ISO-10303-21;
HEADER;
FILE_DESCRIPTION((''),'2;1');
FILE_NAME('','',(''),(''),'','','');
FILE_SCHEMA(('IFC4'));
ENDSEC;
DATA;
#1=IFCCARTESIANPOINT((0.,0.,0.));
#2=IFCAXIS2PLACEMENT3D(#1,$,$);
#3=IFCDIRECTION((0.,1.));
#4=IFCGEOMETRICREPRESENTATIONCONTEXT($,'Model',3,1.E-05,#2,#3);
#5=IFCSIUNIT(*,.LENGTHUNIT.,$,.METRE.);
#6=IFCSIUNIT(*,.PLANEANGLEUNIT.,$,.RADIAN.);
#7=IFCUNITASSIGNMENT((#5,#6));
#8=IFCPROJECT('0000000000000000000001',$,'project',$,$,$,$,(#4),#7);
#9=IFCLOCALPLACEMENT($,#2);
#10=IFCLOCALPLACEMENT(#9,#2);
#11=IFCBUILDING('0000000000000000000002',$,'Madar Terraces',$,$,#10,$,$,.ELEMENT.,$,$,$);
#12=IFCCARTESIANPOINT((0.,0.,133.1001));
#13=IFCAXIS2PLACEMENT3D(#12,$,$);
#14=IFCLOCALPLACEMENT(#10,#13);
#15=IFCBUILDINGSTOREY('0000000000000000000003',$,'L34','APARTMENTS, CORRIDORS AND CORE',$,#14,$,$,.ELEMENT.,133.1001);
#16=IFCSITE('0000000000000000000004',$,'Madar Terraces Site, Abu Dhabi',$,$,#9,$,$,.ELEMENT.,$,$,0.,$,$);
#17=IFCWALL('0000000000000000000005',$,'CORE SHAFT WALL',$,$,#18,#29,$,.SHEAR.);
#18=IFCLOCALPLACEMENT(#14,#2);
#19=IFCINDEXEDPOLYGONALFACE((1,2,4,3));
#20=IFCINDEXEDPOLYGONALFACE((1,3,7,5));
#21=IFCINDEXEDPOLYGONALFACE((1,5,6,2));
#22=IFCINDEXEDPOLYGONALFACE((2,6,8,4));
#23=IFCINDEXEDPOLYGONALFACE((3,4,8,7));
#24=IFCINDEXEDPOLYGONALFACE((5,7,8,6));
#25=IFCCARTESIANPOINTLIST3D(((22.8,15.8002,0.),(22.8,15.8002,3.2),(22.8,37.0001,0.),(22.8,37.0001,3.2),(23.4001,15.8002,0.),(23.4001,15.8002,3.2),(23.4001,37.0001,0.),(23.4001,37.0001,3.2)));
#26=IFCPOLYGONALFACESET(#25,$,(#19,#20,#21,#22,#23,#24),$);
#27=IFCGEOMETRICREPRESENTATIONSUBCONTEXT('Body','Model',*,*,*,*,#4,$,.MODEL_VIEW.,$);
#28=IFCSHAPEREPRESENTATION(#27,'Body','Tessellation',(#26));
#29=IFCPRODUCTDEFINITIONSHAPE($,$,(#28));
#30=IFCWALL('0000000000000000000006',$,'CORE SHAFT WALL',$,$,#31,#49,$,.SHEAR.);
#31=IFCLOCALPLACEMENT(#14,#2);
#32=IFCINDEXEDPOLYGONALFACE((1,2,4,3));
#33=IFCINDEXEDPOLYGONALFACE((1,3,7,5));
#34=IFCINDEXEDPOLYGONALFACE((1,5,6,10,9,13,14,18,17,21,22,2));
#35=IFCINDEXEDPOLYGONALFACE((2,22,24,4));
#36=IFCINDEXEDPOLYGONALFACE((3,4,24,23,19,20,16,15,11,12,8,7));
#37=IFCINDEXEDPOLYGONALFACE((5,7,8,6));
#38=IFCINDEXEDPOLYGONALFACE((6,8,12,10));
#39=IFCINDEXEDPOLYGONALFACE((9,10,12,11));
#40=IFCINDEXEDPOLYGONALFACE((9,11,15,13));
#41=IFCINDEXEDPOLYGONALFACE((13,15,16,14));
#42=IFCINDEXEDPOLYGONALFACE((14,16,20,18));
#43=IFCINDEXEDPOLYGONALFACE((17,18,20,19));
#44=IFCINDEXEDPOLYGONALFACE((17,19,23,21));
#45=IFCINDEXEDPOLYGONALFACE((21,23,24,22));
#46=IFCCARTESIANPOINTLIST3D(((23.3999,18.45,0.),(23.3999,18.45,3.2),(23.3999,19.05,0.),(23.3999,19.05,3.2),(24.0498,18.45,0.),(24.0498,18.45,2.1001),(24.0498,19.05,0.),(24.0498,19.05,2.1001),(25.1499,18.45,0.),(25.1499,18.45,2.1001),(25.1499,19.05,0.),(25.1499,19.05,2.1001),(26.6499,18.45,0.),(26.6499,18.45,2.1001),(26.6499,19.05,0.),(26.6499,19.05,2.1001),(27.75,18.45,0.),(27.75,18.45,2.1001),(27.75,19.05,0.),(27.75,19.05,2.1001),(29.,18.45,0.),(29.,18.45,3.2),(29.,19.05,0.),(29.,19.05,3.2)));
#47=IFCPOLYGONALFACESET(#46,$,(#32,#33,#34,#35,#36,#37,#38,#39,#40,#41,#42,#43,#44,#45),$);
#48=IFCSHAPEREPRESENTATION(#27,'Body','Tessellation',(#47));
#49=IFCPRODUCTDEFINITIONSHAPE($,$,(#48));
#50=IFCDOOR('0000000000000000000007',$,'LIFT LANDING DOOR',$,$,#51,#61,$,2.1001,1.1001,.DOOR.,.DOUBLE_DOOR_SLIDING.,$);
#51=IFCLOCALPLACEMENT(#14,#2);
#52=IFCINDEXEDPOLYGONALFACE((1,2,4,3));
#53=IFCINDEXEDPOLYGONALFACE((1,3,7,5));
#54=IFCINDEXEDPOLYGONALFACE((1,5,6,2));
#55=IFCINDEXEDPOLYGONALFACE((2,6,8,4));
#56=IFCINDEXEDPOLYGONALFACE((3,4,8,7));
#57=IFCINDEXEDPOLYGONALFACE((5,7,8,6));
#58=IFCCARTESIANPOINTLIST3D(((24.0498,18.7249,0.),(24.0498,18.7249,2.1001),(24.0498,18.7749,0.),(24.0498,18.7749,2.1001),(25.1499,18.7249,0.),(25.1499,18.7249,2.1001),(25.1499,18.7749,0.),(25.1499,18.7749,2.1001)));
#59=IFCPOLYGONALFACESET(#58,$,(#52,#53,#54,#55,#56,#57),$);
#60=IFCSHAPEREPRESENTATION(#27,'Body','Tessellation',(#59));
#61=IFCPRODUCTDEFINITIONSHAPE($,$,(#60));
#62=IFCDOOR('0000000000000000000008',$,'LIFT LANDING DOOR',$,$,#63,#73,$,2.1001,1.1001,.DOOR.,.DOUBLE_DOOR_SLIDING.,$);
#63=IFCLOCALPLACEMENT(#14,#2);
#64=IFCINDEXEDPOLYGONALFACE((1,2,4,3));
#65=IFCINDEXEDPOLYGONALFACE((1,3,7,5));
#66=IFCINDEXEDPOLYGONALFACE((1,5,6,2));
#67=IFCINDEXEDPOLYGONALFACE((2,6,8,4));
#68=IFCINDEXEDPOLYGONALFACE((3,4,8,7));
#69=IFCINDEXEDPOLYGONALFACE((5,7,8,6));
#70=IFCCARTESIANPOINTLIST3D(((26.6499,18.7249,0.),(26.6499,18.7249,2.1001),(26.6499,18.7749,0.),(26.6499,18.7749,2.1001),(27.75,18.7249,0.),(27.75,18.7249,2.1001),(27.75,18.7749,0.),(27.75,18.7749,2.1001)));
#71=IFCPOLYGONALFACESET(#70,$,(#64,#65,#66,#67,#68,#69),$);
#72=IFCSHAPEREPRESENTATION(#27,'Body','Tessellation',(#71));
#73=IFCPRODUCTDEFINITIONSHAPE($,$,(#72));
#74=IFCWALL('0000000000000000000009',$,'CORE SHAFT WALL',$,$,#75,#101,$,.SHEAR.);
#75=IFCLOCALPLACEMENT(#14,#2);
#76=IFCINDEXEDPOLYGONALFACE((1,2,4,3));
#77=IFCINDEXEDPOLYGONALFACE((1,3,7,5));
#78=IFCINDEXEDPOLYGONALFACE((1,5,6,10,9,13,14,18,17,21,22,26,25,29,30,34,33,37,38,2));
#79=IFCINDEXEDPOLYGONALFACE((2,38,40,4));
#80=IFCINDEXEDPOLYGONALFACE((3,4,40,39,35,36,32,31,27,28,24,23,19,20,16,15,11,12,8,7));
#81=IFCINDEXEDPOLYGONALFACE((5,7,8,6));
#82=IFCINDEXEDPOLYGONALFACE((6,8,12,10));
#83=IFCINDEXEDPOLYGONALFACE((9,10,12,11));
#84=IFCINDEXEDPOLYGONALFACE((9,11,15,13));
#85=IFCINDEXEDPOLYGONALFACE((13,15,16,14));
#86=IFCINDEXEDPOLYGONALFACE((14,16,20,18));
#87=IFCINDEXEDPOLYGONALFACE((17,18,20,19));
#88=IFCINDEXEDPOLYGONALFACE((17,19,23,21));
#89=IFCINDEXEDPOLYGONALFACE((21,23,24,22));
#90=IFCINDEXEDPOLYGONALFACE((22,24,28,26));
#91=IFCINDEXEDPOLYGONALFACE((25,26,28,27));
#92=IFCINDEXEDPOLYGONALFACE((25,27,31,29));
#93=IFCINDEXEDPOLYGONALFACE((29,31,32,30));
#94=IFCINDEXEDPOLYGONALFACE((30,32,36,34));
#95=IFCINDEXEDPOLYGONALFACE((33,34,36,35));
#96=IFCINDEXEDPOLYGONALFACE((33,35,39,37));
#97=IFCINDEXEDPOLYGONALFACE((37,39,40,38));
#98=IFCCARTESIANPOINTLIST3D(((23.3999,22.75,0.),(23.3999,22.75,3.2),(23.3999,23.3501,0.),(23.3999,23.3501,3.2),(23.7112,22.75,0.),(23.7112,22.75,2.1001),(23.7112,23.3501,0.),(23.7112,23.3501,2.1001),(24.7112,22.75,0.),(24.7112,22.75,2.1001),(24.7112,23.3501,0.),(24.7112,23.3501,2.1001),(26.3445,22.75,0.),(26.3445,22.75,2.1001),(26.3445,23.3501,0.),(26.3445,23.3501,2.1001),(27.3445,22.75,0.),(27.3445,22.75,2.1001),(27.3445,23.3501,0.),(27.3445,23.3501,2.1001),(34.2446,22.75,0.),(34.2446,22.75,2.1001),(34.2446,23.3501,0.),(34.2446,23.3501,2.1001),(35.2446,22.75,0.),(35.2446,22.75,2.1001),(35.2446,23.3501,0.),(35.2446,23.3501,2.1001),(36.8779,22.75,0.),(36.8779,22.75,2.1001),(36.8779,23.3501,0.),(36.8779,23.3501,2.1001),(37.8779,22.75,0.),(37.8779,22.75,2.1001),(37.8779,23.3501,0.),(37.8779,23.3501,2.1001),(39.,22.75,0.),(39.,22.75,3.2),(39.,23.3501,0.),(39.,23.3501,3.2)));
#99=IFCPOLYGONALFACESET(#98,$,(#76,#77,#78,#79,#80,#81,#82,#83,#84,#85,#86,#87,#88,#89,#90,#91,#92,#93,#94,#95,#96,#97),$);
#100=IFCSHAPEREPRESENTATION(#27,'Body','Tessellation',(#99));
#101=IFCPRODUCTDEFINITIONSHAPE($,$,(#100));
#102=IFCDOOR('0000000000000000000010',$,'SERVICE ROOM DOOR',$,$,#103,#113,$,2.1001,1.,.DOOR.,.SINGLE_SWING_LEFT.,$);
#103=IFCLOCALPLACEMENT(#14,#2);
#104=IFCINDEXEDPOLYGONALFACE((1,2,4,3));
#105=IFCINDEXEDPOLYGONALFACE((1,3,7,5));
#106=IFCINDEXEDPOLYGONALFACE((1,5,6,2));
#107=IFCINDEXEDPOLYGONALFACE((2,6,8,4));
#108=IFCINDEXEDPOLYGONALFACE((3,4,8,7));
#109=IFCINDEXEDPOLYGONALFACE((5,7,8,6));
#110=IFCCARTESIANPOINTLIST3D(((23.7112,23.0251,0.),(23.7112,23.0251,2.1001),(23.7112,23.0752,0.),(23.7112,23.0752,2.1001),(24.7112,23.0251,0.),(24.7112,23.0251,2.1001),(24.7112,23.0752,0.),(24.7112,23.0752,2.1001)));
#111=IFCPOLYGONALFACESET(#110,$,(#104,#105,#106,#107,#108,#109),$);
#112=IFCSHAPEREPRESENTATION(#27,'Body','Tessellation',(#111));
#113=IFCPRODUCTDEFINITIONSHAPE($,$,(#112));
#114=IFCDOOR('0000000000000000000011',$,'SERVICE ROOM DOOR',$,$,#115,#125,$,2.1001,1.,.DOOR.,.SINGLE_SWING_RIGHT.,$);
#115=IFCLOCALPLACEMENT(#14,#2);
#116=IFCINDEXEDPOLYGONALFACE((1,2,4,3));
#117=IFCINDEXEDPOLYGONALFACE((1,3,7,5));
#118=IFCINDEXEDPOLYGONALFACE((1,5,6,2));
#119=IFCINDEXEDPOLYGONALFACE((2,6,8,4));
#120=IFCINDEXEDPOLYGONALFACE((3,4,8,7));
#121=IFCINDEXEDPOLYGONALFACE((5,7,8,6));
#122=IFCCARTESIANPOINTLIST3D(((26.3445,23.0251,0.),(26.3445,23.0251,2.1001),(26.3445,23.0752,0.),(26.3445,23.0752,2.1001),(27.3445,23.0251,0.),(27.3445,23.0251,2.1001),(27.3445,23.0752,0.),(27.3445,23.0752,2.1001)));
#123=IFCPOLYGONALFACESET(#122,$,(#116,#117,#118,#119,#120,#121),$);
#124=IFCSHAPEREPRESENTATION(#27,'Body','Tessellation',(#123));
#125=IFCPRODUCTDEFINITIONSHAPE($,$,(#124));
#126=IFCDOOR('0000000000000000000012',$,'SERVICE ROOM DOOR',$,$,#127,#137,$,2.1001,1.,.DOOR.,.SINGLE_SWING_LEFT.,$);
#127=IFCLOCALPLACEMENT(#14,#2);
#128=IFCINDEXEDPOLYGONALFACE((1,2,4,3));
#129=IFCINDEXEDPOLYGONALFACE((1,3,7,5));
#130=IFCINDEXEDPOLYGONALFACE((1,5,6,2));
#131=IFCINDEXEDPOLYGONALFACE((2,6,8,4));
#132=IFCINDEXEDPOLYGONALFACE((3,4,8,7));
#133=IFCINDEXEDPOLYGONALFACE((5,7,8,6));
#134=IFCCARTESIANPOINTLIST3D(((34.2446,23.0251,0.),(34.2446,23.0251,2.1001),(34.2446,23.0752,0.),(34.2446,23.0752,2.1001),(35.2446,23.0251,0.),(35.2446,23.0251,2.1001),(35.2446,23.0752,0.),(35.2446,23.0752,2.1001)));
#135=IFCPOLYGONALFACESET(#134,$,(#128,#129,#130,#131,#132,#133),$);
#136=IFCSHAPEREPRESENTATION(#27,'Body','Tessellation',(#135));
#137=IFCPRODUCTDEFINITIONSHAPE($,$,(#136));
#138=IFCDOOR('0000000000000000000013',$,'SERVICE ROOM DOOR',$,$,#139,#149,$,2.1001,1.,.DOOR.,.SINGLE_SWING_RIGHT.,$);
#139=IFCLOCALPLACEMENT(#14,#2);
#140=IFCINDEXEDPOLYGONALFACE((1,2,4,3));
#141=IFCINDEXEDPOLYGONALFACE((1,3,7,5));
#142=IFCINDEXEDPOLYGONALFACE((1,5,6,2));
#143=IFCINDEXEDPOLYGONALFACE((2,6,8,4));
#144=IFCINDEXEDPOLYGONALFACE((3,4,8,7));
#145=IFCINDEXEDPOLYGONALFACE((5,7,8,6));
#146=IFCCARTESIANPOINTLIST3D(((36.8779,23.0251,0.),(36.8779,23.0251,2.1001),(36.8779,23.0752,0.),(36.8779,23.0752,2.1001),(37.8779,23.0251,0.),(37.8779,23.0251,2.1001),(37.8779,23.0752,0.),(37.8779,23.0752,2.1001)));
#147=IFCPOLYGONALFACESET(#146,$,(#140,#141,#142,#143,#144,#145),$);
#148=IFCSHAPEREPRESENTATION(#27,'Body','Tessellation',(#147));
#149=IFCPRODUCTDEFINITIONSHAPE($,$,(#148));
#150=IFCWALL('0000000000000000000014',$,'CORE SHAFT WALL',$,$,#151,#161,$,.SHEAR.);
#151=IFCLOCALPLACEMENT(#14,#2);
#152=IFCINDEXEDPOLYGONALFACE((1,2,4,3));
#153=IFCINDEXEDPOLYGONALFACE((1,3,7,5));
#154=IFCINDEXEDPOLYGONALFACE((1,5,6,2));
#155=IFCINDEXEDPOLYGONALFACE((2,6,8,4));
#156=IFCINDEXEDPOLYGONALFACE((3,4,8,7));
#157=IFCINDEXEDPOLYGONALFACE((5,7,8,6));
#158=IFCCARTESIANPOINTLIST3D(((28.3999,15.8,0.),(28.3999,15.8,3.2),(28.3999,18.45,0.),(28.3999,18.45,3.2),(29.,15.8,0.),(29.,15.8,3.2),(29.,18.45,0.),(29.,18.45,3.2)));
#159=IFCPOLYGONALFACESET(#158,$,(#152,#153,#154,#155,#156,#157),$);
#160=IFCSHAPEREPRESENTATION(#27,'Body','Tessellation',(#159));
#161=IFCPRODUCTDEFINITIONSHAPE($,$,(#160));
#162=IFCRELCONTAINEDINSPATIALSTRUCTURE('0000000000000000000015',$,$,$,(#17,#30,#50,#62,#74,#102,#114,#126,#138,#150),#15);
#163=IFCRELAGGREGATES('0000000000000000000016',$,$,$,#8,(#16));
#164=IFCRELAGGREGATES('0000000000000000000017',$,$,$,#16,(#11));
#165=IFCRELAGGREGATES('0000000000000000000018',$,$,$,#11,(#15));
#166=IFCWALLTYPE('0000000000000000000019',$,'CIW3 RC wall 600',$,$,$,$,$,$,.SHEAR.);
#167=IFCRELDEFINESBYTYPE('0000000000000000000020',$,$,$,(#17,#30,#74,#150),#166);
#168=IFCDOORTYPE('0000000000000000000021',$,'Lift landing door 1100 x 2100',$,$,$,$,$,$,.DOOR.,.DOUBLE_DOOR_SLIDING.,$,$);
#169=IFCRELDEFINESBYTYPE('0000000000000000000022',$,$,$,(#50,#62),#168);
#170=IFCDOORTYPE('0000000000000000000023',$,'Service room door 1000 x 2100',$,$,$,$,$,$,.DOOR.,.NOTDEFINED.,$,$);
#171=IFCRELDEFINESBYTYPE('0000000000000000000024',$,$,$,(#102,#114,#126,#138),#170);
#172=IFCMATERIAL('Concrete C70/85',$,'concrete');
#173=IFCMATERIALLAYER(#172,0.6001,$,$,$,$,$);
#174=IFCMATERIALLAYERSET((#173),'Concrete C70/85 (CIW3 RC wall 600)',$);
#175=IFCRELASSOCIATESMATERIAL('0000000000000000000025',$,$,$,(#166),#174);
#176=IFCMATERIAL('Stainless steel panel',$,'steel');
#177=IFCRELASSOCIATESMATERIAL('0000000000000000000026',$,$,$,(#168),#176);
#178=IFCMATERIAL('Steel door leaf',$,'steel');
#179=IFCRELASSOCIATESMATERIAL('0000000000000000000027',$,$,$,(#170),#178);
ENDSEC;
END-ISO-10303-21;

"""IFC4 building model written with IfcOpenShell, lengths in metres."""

from ifc_helpers import new_model, si_unit, direction, frame, frame_2d, origin, place, context, subcontext, project, spatial, rectangle, extrude, material, layer, layer_set, type_object, element, fill, save


model = new_model("IFC4")

# Units and contexts
model_context = context("Model", 3, precision=1e-05, world=origin(), true_north=direction((0.0, 1.0)))
body_context = subcontext(model_context, "Body", "Model", "MODEL_VIEW")
ifc_project = project(units=[si_unit("LENGTHUNIT", "METRE"), si_unit("PLANEANGLEUNIT", "RADIAN")], contexts=[model_context])

# Site, building, storey
site_placement = place(None, origin())
site = spatial("IfcSite", under=ifc_project, at=site_placement, Name="Madar Terraces Site, Abu Dhabi", CompositionType="ELEMENT", RefElevation=0.0)
building_placement = place(site_placement, origin())
building = spatial("IfcBuilding", under=site, at=building_placement, Name="Madar Terraces", CompositionType="ELEMENT")
storey_placement = place(building_placement, frame((0.0, 0.0, 133.1001)))
storey = spatial("IfcBuildingStorey", under=building, at=storey_placement, Name="L34", Description="APARTMENTS, CORRIDORS AND CORE", CompositionType="ELEMENT", Elevation=133.1001)

# Wall
ifc_material_1 = material(Name="Concrete C70/85", Category="concrete")
ifc_layer_1 = layer(ifc_material_1, 0.6001)
ifc_layer_set_1 = layer_set([ifc_layer_1], Name="Concrete C70/85 (CIW3 RC wall 600)")
wall_type_1 = type_object("IfcWallType", Name="CIW3 RC wall 600", PredefinedType="SHEAR", material=ifc_layer_set_1)
wall_1_placement = place(storey_placement, frame((23.1001, 15.8, 0.0), z_axis=(0.0, 0.0, 1.0), x_axis=(0.0, 1.0, 0.0)))
element("IfcWall", 1, at=wall_1_placement, inside=storey, type_object=wall_type_1, Name="CORE SHAFT WALL", PredefinedType="SHEAR", context=body_context, shape_type="SweptSolid", body=[
    extrude(rectangle(XDim=21.2, YDim=0.6001, at=frame_2d((10.6001, 0.0))), origin(), (0.0, 0.0, 1.0), 3.2),
])

# Walls, openings, doors
wall_2_placement = place(storey_placement, frame((23.3999, 18.75, 0.0), z_axis=(0.0, 0.0, 1.0), x_axis=(1.0, 0.0, 0.0)))
wall_2 = element("IfcWall", 2, at=wall_2_placement, inside=storey, type_object=wall_type_1, Name="CORE SHAFT WALL", PredefinedType="SHEAR", context=body_context, shape_type="SweptSolid", body=[
    extrude(rectangle(XDim=5.6001, YDim=0.6001, at=frame_2d((2.8, 0.0))), origin(), (0.0, 0.0, 1.0), 3.2),
])
opening_1_placement = place(wall_2_placement, frame((0.6499, 0.0, 0.0)))
opening_1 = element("IfcOpeningElement", 3, at=opening_1_placement, cuts=wall_2, PredefinedType="OPENING", context=body_context, shape_type="SweptSolid", body=[
    extrude(rectangle(XDim=1.1001, YDim=2.1001, at=frame_2d((0.55, 1.05))), frame((0.0, 0.3101, 0.0), z_axis=(0.0, -1.0, 0.0), x_axis=(1.0, 0.0, 0.0)), (0.0, 0.0, 1.0), 0.6201),
])
opening_2_placement = place(wall_2_placement, frame((3.25, 0.0, 0.0)))
opening_2 = element("IfcOpeningElement", 4, at=opening_2_placement, cuts=wall_2, PredefinedType="OPENING", context=body_context, shape_type="SweptSolid", body=[
    extrude(rectangle(XDim=1.1001, YDim=2.1001, at=frame_2d((0.55, 1.05))), frame((0.0, 0.3101, 0.0), z_axis=(0.0, -1.0, 0.0), x_axis=(1.0, 0.0, 0.0)), (0.0, 0.0, 1.0), 0.6201),
])
ifc_material_2 = material(Name="Stainless steel panel", Category="steel")
door_type_1 = type_object("IfcDoorType", Name="Lift landing door 1100 x 2100", OperationType="DOUBLE_DOOR_SLIDING", PredefinedType="DOOR", material=ifc_material_2)
door_1_placement = place(opening_1_placement, origin())
door_1 = element("IfcDoor", 5, at=door_1_placement, inside=storey, type_object=door_type_1, Name="LIFT LANDING DOOR", OperationType="DOUBLE_DOOR_SLIDING", OverallHeight=2.1001, OverallWidth=1.1001, PredefinedType="DOOR", context=body_context, shape_type="SweptSolid", body=[
    extrude(rectangle(XDim=1.1001, YDim=2.1001, at=frame_2d((0.55, 1.05))), frame((0.0, 0.0249, 0.0), z_axis=(0.0, -1.0, 0.0), x_axis=(1.0, 0.0, 0.0)), (0.0, 0.0, 1.0), 0.05),
])
fill(opening_1, door_1)
door_2_placement = place(opening_2_placement, origin())
door_2 = element("IfcDoor", 6, at=door_2_placement, inside=storey, type_object=door_type_1, Name="LIFT LANDING DOOR", OperationType="DOUBLE_DOOR_SLIDING", OverallHeight=2.1001, OverallWidth=1.1001, PredefinedType="DOOR", context=body_context, shape_type="SweptSolid", body=[
    extrude(rectangle(XDim=1.1001, YDim=2.1001, at=frame_2d((0.55, 1.05))), frame((0.0, 0.0249, 0.0), z_axis=(0.0, -1.0, 0.0), x_axis=(1.0, 0.0, 0.0)), (0.0, 0.0, 1.0), 0.05),
])
fill(opening_2, door_2)
wall_3_placement = place(storey_placement, frame((23.3999, 23.05, 0.0), z_axis=(0.0, 0.0, 1.0), x_axis=(1.0, 0.0, 0.0)))
wall_3 = element("IfcWall", 7, at=wall_3_placement, inside=storey, type_object=wall_type_1, Name="CORE SHAFT WALL", PredefinedType="SHEAR", context=body_context, shape_type="SweptSolid", body=[
    extrude(rectangle(XDim=15.6001, YDim=0.6001, at=frame_2d((7.8, 0.0))), origin(), (0.0, 0.0, 1.0), 3.2),
])
opening_3_placement = place(wall_3_placement, frame((0.3113, 0.0, 0.0)))
opening_3 = element("IfcOpeningElement", 8, at=opening_3_placement, cuts=wall_3, PredefinedType="OPENING", context=body_context, shape_type="SweptSolid", body=[
    extrude(rectangle(XDim=1.0, YDim=2.1001, at=frame_2d((0.5, 1.05))), frame((0.0, 0.3101, 0.0), z_axis=(0.0, -1.0, 0.0), x_axis=(1.0, 0.0, 0.0)), (0.0, 0.0, 1.0), 0.6201),
])
opening_4_placement = place(wall_3_placement, frame((2.9446, 0.0, 0.0)))
opening_4 = element("IfcOpeningElement", 9, at=opening_4_placement, cuts=wall_3, PredefinedType="OPENING", context=body_context, shape_type="SweptSolid", body=[
    extrude(rectangle(XDim=1.0, YDim=2.1001, at=frame_2d((0.5, 1.05))), frame((0.0, 0.3101, 0.0), z_axis=(0.0, -1.0, 0.0), x_axis=(1.0, 0.0, 0.0)), (0.0, 0.0, 1.0), 0.6201),
])
opening_5_placement = place(wall_3_placement, frame((10.8447, 0.0, 0.0)))
opening_5 = element("IfcOpeningElement", 10, at=opening_5_placement, cuts=wall_3, PredefinedType="OPENING", context=body_context, shape_type="SweptSolid", body=[
    extrude(rectangle(XDim=1.0, YDim=2.1001, at=frame_2d((0.5, 1.05))), frame((0.0, 0.3101, 0.0), z_axis=(0.0, -1.0, 0.0), x_axis=(1.0, 0.0, 0.0)), (0.0, 0.0, 1.0), 0.6201),
])
opening_6_placement = place(wall_3_placement, frame((13.478, 0.0, 0.0)))
opening_6 = element("IfcOpeningElement", 11, at=opening_6_placement, cuts=wall_3, PredefinedType="OPENING", context=body_context, shape_type="SweptSolid", body=[
    extrude(rectangle(XDim=1.0, YDim=2.1001, at=frame_2d((0.5, 1.05))), frame((0.0, 0.3101, 0.0), z_axis=(0.0, -1.0, 0.0), x_axis=(1.0, 0.0, 0.0)), (0.0, 0.0, 1.0), 0.6201),
])
ifc_material_3 = material(Name="Steel door leaf", Category="steel")
door_type_2 = type_object("IfcDoorType", Name="Service room door 1000 x 2100", OperationType="NOTDEFINED", PredefinedType="DOOR", material=ifc_material_3)
door_3_placement = place(opening_3_placement, frame((1.0, 0.0, 0.0), z_axis=(0.0, 0.0, 1.0), x_axis=(-1.0, 0.0, 0.0)))
door_3 = element("IfcDoor", 12, at=door_3_placement, inside=storey, type_object=door_type_2, Name="SERVICE ROOM DOOR", OperationType="SINGLE_SWING_LEFT", OverallHeight=2.1001, OverallWidth=1.0, PredefinedType="DOOR", context=body_context, shape_type="SweptSolid", body=[
    extrude(rectangle(XDim=1.0, YDim=2.1001, at=frame_2d((0.5, 1.05))), frame((0.0, 0.0249, 0.0), z_axis=(0.0, -1.0, 0.0), x_axis=(1.0, 0.0, 0.0)), (0.0, 0.0, 1.0), 0.05),
])
fill(opening_3, door_3)
door_4_placement = place(opening_4_placement, frame((1.0, 0.0, 0.0), z_axis=(0.0, 0.0, 1.0), x_axis=(-1.0, 0.0, 0.0)))
door_4 = element("IfcDoor", 13, at=door_4_placement, inside=storey, type_object=door_type_2, Name="SERVICE ROOM DOOR", OperationType="SINGLE_SWING_RIGHT", OverallHeight=2.1001, OverallWidth=1.0, PredefinedType="DOOR", context=body_context, shape_type="SweptSolid", body=[
    extrude(rectangle(XDim=1.0, YDim=2.1001, at=frame_2d((0.5, 1.05))), frame((0.0, 0.0249, 0.0), z_axis=(0.0, -1.0, 0.0), x_axis=(1.0, 0.0, 0.0)), (0.0, 0.0, 1.0), 0.05),
])
fill(opening_4, door_4)
door_5_placement = place(opening_5_placement, frame((1.0, 0.0, 0.0), z_axis=(0.0, 0.0, 1.0), x_axis=(-1.0, 0.0, 0.0)))
door_5 = element("IfcDoor", 14, at=door_5_placement, inside=storey, type_object=door_type_2, Name="SERVICE ROOM DOOR", OperationType="SINGLE_SWING_LEFT", OverallHeight=2.1001, OverallWidth=1.0, PredefinedType="DOOR", context=body_context, shape_type="SweptSolid", body=[
    extrude(rectangle(XDim=1.0, YDim=2.1001, at=frame_2d((0.5, 1.05))), frame((0.0, 0.0249, 0.0), z_axis=(0.0, -1.0, 0.0), x_axis=(1.0, 0.0, 0.0)), (0.0, 0.0, 1.0), 0.05),
])
fill(opening_5, door_5)
door_6_placement = place(opening_6_placement, frame((1.0, 0.0, 0.0), z_axis=(0.0, 0.0, 1.0), x_axis=(-1.0, 0.0, 0.0)))
door_6 = element("IfcDoor", 15, at=door_6_placement, inside=storey, type_object=door_type_2, Name="SERVICE ROOM DOOR", OperationType="SINGLE_SWING_RIGHT", OverallHeight=2.1001, OverallWidth=1.0, PredefinedType="DOOR", context=body_context, shape_type="SweptSolid", body=[
    extrude(rectangle(XDim=1.0, YDim=2.1001, at=frame_2d((0.5, 1.05))), frame((0.0, 0.0249, 0.0), z_axis=(0.0, -1.0, 0.0), x_axis=(1.0, 0.0, 0.0)), (0.0, 0.0, 1.0), 0.05),
])
fill(opening_6, door_6)

# Wall
wall_4_placement = place(storey_placement, frame((28.7, 15.8, 0.0), z_axis=(0.0, 0.0, 1.0), x_axis=(0.0, 1.0, 0.0)))
element("IfcWall", 16, at=wall_4_placement, inside=storey, type_object=wall_type_1, Name="CORE SHAFT WALL", PredefinedType="SHEAR", context=body_context, shape_type="SweptSolid", body=[
    extrude(rectangle(XDim=2.6499, YDim=0.6001, at=frame_2d((1.325, 0.0))), origin(), (0.0, 0.0, 1.0), 3.2),
])

save(model, "model.ifc")
